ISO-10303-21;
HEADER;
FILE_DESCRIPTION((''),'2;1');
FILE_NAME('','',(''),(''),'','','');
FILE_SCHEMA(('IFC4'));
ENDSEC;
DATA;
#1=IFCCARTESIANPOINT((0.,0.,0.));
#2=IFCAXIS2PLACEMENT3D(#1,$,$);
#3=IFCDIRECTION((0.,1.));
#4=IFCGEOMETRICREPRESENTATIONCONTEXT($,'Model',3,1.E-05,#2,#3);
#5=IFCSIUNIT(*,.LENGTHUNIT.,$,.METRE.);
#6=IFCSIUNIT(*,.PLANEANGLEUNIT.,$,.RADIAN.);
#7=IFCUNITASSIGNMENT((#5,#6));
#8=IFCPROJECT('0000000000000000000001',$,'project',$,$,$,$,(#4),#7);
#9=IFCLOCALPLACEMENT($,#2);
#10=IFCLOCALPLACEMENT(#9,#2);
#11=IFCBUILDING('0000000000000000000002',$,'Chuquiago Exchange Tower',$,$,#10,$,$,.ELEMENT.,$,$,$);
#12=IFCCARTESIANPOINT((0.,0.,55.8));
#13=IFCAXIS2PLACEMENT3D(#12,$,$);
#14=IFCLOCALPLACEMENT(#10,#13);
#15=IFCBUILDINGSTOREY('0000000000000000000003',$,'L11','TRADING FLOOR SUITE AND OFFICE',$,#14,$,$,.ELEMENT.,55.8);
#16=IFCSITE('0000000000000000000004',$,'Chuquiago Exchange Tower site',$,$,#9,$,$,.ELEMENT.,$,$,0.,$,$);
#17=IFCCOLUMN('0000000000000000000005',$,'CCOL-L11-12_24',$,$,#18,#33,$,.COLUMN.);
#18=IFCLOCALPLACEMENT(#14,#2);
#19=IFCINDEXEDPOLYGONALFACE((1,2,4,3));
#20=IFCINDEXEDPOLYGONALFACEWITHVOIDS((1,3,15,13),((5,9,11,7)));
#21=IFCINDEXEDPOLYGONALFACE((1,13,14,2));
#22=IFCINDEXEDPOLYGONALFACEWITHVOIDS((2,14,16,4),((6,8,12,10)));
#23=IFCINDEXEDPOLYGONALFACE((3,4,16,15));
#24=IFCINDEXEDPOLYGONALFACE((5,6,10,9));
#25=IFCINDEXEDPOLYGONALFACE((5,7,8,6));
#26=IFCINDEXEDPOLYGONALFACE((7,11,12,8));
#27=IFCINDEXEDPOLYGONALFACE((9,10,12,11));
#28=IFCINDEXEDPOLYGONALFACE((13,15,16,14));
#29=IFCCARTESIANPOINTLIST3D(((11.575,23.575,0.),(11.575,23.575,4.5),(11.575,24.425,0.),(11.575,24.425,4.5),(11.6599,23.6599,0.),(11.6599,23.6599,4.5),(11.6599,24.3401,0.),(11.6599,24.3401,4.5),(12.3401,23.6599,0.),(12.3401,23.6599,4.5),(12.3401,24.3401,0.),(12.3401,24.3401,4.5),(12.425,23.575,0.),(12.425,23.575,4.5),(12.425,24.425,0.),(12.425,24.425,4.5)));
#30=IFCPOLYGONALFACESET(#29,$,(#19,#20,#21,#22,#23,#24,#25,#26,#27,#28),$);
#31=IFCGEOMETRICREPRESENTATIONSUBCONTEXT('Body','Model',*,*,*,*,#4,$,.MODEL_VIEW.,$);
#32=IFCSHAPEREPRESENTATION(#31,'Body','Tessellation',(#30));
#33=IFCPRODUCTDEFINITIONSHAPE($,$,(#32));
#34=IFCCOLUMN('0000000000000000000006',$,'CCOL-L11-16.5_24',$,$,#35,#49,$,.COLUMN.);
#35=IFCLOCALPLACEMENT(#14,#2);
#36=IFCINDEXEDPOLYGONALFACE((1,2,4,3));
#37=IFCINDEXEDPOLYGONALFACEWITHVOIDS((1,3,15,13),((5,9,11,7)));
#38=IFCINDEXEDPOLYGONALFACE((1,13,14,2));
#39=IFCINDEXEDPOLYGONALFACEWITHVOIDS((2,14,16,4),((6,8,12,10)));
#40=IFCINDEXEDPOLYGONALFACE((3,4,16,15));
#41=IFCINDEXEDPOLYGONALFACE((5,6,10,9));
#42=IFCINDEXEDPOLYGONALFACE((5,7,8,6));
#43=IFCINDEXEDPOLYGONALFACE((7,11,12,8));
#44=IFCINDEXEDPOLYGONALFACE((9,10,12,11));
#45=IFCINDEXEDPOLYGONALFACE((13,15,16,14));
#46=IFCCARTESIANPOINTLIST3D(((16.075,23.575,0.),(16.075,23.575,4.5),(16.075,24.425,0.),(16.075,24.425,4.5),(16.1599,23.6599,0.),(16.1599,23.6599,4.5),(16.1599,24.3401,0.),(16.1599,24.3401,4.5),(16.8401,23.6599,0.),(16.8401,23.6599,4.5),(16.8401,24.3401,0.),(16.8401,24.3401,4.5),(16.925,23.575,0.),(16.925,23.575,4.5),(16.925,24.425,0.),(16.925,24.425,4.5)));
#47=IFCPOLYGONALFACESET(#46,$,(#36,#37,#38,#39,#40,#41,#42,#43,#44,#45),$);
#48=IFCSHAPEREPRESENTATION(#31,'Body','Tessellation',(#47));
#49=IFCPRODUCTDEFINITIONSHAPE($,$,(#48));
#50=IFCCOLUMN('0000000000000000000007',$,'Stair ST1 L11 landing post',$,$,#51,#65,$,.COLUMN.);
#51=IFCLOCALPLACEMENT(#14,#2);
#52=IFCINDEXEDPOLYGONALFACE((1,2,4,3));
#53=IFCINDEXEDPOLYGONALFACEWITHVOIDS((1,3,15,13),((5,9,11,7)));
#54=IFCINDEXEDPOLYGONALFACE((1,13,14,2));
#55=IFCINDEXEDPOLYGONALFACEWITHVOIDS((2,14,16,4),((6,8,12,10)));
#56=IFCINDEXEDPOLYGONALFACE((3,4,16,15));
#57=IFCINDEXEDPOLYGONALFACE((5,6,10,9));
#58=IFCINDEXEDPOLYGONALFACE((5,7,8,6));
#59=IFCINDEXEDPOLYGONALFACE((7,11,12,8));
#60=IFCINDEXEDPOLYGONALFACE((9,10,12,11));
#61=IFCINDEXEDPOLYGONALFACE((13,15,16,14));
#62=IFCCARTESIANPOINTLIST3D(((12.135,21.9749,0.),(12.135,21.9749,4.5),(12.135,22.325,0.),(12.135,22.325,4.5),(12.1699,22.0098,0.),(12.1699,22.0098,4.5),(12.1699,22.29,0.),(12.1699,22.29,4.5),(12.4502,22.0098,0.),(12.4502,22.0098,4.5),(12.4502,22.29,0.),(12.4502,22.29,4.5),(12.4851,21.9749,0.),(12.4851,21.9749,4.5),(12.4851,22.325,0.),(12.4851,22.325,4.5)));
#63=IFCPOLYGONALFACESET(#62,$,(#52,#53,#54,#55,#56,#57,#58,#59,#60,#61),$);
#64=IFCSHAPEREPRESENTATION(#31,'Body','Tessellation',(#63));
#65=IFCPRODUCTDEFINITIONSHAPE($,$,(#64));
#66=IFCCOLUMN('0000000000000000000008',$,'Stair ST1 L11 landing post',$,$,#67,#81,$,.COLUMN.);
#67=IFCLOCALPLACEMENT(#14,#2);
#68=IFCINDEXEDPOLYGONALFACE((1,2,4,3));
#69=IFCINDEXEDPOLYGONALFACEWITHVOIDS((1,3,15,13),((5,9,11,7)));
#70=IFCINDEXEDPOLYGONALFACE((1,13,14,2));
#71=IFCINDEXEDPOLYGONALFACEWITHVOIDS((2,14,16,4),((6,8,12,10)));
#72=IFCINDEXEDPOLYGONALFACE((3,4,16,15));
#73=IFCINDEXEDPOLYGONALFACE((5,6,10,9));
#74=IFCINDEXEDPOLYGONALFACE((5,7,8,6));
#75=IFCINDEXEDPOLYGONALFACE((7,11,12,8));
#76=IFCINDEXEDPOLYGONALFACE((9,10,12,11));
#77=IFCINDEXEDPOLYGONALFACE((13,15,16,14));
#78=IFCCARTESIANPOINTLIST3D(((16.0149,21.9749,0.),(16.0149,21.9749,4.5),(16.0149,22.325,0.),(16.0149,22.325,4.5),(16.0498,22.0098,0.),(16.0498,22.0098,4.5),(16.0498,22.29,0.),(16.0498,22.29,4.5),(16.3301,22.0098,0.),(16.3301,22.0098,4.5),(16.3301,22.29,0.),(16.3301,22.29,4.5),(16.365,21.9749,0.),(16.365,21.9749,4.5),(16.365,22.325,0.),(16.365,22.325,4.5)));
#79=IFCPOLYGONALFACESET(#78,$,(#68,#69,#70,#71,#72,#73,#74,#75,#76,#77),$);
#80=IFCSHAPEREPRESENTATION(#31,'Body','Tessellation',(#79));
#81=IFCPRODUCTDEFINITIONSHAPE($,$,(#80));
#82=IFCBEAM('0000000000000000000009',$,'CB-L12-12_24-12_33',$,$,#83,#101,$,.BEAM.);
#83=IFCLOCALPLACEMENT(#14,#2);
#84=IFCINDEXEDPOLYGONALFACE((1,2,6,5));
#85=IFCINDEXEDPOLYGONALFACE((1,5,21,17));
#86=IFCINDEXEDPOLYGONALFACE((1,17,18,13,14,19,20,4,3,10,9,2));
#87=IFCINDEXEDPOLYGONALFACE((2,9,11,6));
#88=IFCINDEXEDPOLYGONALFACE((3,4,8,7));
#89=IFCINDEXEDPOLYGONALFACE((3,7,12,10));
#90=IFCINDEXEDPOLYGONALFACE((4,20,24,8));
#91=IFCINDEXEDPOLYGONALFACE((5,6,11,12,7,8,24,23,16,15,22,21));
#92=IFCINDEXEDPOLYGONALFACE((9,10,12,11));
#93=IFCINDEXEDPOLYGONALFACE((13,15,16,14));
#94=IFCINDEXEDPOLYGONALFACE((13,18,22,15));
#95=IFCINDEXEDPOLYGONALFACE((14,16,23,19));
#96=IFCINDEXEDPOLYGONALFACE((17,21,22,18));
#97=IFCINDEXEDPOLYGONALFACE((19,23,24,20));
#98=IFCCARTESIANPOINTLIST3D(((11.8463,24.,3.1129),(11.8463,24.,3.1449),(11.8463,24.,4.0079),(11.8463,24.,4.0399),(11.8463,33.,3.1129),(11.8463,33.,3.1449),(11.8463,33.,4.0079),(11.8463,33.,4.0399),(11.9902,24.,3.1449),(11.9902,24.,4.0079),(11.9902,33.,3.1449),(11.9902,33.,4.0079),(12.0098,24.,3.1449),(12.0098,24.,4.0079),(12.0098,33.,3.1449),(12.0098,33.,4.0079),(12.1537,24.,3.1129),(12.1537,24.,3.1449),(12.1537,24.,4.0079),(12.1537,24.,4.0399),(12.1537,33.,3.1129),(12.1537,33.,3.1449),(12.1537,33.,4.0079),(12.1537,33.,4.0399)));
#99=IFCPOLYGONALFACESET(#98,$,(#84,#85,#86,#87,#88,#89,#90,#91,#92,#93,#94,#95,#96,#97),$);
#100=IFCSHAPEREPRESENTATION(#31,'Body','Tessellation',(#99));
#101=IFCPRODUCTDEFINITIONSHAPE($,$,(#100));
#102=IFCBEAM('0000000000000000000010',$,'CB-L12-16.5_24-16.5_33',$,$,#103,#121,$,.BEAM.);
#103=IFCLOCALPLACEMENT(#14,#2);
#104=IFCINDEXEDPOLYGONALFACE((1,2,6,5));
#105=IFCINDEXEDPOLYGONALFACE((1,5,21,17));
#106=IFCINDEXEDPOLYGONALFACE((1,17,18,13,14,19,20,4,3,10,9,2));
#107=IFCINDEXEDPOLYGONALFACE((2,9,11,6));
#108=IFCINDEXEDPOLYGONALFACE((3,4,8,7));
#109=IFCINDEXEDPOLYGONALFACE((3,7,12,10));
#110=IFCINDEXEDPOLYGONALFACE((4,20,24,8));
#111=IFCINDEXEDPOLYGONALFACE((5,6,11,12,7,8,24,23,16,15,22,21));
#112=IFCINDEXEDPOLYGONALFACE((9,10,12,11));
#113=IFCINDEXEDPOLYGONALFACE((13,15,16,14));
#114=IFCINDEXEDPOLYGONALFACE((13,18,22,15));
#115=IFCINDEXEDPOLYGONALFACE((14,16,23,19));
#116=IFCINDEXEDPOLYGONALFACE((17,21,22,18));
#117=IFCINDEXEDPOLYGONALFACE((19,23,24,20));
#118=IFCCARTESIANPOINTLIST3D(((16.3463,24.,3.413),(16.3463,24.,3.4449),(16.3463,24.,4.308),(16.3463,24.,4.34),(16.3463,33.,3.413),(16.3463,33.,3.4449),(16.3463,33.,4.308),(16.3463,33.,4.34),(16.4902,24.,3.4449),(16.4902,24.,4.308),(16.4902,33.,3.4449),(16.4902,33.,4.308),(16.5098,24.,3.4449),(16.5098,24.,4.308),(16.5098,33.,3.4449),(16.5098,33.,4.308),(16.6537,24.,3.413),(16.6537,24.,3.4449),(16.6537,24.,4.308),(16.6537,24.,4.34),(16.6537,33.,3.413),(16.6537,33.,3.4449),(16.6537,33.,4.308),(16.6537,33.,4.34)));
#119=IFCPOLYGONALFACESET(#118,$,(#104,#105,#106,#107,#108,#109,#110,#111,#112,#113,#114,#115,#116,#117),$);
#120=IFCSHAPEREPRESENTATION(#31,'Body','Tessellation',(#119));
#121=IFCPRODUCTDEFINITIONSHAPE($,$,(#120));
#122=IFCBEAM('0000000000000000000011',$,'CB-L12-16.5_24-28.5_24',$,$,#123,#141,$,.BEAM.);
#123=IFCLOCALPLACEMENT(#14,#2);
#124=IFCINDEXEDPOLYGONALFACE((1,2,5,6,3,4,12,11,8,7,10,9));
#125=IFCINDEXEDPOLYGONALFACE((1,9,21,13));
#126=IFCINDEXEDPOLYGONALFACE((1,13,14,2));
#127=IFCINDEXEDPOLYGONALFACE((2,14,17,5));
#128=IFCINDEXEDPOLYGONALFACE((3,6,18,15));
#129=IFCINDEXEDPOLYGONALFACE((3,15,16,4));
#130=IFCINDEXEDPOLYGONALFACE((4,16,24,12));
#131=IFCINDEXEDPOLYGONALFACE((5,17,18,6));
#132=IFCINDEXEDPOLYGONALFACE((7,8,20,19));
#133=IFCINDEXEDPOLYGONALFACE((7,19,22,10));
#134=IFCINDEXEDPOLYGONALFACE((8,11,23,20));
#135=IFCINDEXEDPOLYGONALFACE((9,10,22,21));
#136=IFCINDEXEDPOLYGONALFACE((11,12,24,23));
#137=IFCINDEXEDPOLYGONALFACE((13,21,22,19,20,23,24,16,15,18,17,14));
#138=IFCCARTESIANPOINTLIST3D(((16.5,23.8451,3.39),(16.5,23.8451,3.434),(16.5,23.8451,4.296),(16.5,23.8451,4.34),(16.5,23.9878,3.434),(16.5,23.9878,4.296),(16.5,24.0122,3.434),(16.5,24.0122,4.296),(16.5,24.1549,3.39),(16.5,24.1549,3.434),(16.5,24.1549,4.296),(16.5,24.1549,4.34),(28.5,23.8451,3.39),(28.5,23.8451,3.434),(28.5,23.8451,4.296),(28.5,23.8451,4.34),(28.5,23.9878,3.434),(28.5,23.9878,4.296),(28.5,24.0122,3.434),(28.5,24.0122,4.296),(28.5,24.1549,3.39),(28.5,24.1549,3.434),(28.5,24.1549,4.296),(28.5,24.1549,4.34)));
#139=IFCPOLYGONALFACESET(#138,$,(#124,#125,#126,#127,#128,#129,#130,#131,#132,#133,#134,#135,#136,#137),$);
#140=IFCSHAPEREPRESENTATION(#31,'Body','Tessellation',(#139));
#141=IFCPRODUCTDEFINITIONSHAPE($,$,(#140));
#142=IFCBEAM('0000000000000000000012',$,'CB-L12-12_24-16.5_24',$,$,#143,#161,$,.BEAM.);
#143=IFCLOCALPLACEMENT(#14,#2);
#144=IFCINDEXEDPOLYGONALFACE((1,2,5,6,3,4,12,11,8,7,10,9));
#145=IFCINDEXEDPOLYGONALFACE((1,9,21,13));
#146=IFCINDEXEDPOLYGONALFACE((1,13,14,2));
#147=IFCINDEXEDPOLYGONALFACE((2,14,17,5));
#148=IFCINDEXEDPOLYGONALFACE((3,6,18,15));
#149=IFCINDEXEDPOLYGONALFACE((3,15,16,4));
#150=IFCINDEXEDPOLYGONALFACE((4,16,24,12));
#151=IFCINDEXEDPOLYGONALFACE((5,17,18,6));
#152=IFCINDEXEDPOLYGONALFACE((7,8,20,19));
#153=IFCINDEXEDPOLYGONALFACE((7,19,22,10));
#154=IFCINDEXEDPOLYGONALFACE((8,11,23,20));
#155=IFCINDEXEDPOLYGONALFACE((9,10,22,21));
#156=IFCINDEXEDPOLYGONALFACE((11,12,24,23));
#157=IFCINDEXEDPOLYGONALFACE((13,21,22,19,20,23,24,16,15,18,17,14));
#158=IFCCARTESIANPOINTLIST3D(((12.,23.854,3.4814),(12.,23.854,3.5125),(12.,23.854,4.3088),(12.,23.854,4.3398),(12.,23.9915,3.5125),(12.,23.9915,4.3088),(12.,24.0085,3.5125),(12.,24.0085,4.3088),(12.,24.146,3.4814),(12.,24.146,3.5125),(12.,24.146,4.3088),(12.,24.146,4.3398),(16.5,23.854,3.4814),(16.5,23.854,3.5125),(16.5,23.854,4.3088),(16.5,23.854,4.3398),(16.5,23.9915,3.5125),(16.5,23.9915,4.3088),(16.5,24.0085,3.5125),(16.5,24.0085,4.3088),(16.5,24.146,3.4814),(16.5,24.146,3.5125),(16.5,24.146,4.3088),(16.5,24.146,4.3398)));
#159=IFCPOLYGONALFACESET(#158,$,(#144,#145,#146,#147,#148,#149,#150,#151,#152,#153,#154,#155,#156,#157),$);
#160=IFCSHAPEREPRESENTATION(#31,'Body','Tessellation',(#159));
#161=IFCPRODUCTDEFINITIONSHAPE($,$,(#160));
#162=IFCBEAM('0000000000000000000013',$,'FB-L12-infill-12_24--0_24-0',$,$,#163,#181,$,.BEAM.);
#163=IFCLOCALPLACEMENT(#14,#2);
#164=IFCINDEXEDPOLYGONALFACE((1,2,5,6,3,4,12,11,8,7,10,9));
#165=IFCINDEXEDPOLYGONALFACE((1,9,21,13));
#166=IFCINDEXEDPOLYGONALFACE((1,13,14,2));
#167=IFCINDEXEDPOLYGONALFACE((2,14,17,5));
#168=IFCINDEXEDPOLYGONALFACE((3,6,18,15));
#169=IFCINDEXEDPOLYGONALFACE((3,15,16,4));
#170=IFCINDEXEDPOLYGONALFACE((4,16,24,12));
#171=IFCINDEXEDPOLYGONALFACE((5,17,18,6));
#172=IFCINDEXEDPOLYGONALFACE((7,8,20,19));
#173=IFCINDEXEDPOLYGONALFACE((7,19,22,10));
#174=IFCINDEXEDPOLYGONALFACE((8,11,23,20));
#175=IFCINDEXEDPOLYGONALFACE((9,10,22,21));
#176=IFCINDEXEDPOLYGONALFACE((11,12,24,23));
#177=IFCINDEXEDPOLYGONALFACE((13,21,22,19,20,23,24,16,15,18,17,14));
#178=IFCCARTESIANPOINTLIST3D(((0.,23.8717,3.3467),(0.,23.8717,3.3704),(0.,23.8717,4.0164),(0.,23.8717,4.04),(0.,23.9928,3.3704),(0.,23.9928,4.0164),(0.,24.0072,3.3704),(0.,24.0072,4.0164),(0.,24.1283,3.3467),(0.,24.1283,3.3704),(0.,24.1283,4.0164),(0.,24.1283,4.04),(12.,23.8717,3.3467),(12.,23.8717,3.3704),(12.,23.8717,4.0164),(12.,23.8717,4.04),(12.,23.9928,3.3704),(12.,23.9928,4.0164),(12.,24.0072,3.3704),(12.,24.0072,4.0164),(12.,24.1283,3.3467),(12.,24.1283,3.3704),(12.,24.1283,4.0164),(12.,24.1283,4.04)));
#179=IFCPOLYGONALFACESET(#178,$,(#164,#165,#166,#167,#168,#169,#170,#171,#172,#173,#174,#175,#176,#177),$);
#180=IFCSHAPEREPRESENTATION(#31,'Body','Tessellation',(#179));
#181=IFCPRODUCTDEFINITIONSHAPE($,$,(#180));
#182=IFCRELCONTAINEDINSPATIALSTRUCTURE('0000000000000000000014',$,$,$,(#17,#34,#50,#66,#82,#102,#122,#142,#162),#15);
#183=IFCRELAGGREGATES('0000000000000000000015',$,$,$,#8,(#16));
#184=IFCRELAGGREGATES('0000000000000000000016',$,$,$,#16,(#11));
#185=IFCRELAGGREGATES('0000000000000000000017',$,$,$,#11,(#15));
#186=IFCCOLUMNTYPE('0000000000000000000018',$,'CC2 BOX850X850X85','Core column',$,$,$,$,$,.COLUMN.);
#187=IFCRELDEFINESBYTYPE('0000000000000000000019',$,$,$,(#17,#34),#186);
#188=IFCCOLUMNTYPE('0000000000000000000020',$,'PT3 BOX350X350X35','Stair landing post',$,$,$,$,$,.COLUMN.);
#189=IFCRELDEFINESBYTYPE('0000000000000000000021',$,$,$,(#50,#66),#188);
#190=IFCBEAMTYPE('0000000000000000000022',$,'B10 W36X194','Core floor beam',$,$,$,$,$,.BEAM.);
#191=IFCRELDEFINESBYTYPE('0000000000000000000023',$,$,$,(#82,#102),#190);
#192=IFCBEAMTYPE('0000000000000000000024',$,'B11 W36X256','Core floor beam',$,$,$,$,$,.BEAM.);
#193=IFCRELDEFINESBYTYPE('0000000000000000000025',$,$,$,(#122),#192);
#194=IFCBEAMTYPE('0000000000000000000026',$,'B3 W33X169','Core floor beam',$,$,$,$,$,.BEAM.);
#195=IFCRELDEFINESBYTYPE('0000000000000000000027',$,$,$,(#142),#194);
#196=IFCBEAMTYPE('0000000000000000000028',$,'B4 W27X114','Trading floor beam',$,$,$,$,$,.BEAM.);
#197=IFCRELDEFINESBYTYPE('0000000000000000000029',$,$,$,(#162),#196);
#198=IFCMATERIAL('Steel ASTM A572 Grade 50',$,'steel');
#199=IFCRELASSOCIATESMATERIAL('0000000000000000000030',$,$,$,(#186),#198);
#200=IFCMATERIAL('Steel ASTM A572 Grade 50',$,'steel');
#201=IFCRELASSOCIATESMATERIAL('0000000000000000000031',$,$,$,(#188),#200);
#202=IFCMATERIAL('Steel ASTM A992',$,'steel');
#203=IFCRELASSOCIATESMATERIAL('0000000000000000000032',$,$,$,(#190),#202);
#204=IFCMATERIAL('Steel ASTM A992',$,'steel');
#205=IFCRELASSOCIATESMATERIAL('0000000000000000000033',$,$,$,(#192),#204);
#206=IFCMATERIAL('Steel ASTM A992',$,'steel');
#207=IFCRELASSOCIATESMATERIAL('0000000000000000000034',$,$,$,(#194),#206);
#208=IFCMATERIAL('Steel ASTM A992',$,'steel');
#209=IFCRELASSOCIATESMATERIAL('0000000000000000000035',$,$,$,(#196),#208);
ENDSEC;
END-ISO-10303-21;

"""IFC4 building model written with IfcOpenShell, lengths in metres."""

from ifc_helpers import new_model, si_unit, direction, frame, origin, origin_2d, place, context, subcontext, project, spatial, hollow_rectangle, i_section, extrude, material, material_profile, profile_set, type_object, element, save


model = new_model("IFC4")

# Units and contexts
model_context = context("Model", 3, precision=1e-05, world=origin(), true_north=direction((0.0, 1.0)))
body_context = subcontext(model_context, "Body", "Model", "MODEL_VIEW")
ifc_project = project(units=[si_unit("LENGTHUNIT", "METRE"), si_unit("PLANEANGLEUNIT", "RADIAN")], contexts=[model_context])

# Site, building, storey
site_placement = place(None, origin())
site = spatial("IfcSite", under=ifc_project, at=site_placement, Name="Chuquiago Exchange Tower site", CompositionType="ELEMENT", RefElevation=0.0)
building_placement = place(site_placement, origin())
building = spatial("IfcBuilding", under=site, at=building_placement, Name="Chuquiago Exchange Tower", CompositionType="ELEMENT")
storey_placement = place(building_placement, frame((0.0, 0.0, 55.8)))
storey = spatial("IfcBuildingStorey", under=building, at=storey_placement, Name="L11", Description="TRADING FLOOR SUITE AND OFFICE", CompositionType="ELEMENT", Elevation=55.8)

# Columns
ifc_material_1 = material(Name="Steel ASTM A572 Grade 50", Category="steel")
ifc_material_profile_1 = material_profile(ifc_material_1, hollow_rectangle(XDim=0.8501, YDim=0.8501, WallThickness=0.085, at=origin_2d()), Name="BOX850X850X85")
ifc_profile_set_1 = profile_set([ifc_material_profile_1], Name="Steel ASTM A572 Grade 50")
column_type_1 = type_object("IfcColumnType", Name="CC2 BOX850X850X85", Description="Core column", PredefinedType="COLUMN", material=ifc_profile_set_1)
for number, where, z_axis, x_axis, name in (
    (1, (12.0, 24.0, 0.0), (0.0, 0.0, 1.0), (1.0, 0.0, 0.0), "CCOL-L11-12_24"),
    (2, (16.5, 24.0, 0.0), (0.0, 0.0, 1.0), (1.0, 0.0, 0.0), "CCOL-L11-16.5_24"),
):
    element("IfcColumn", number, at=place(storey_placement, frame(where, z_axis=z_axis, x_axis=x_axis)), inside=storey, type_object=column_type_1, Name=name, PredefinedType="COLUMN", context=body_context, shape_type="SweptSolid", body=[
        extrude(hollow_rectangle(XDim=0.8501, YDim=0.8501, WallThickness=0.085, at=origin_2d()), origin(), (0.0, 0.0, 1.0), 4.5),
    ])
ifc_material_2 = material(Name="Steel ASTM A572 Grade 50", Category="steel")
ifc_material_profile_2 = material_profile(ifc_material_2, hollow_rectangle(XDim=0.3501, YDim=0.3501, WallThickness=0.0349, at=origin_2d()), Name="BOX350X350X35")
ifc_profile_set_2 = profile_set([ifc_material_profile_2], Name="Steel ASTM A572 Grade 50")
column_type_2 = type_object("IfcColumnType", Name="PT3 BOX350X350X35", Description="Stair landing post", PredefinedType="COLUMN", material=ifc_profile_set_2)
for number, where, z_axis, x_axis, name in (
    (3, (12.3101, 22.1499, 0.0), (0.0, 0.0, 1.0), (1.0, 0.0, 0.0), "Stair ST1 L11 landing post"),
    (4, (16.1899, 22.1499, 0.0), (0.0, 0.0, 1.0), (1.0, 0.0, 0.0), "Stair ST1 L11 landing post"),
):
    element("IfcColumn", number, at=place(storey_placement, frame(where, z_axis=z_axis, x_axis=x_axis)), inside=storey, type_object=column_type_2, Name=name, PredefinedType="COLUMN", context=body_context, shape_type="SweptSolid", body=[
        extrude(hollow_rectangle(XDim=0.3501, YDim=0.3501, WallThickness=0.0349, at=origin_2d()), origin(), (0.0, 0.0, 1.0), 4.5),
    ])

# Beams
ifc_material_3 = material(Name="Steel ASTM A992", Category="steel")
ifc_material_profile_3 = material_profile(ifc_material_3, i_section(OverallWidth=0.3074, OverallDepth=0.927, WebThickness=0.0195, FlangeThickness=0.032, at=origin_2d()), Name="W36X194")
ifc_profile_set_3 = profile_set([ifc_material_profile_3], Name="Steel ASTM A992")
beam_type_1 = type_object("IfcBeamType", Name="B10 W36X194", Description="Core floor beam", PredefinedType="BEAM", material=ifc_profile_set_3)
for number, where, z_axis, x_axis, name in (
    (5, (12.0, 24.0, 3.5764), (0.0, 1.0, 0.0), (-1.0, 0.0, 0.0), "CB-L12-12_24-12_33"),
    (6, (16.5, 24.0, 3.8765), (0.0, 1.0, 0.0), (-1.0, 0.0, 0.0), "CB-L12-16.5_24-16.5_33"),
):
    element("IfcBeam", number, at=place(storey_placement, frame(where, z_axis=z_axis, x_axis=x_axis)), inside=storey, type_object=beam_type_1, Name=name, PredefinedType="BEAM", context=body_context, shape_type="SweptSolid", body=[
        extrude(i_section(OverallWidth=0.3074, OverallDepth=0.927, WebThickness=0.0195, FlangeThickness=0.032, at=origin_2d()), origin(), (0.0, 0.0, 1.0), 9.0),
    ])
ifc_material_4 = material(Name="Steel ASTM A992", Category="steel")
ifc_material_profile_4 = material_profile(ifc_material_4, i_section(OverallWidth=0.3098, OverallDepth=0.95, WebThickness=0.0244, FlangeThickness=0.0439, at=origin_2d()), Name="W36X256")
ifc_profile_set_4 = profile_set([ifc_material_profile_4], Name="Steel ASTM A992")
beam_type_2 = type_object("IfcBeamType", Name="B11 W36X256", Description="Core floor beam", PredefinedType="BEAM", material=ifc_profile_set_4)
beam_1_placement = place(storey_placement, frame((16.5, 24.0, 3.865), z_axis=(1.0, 0.0, 0.0), x_axis=(0.0, 1.0, 0.0)))
element("IfcBeam", 7, at=beam_1_placement, inside=storey, type_object=beam_type_2, Name="CB-L12-16.5_24-28.5_24", PredefinedType="BEAM", context=body_context, shape_type="SweptSolid", body=[
    extrude(i_section(OverallWidth=0.3098, OverallDepth=0.95, WebThickness=0.0244, FlangeThickness=0.0439, at=origin_2d()), origin(), (0.0, 0.0, 1.0), 12.0),
])
ifc_material_5 = material(Name="Steel ASTM A992", Category="steel")
ifc_material_profile_5 = material_profile(ifc_material_5, i_section(OverallWidth=0.292, OverallDepth=0.8584, WebThickness=0.0171, FlangeThickness=0.031, at=origin_2d()), Name="W33X169")
ifc_profile_set_5 = profile_set([ifc_material_profile_5], Name="Steel ASTM A992")
beam_type_3 = type_object("IfcBeamType", Name="B3 W33X169", Description="Core floor beam", PredefinedType="BEAM", material=ifc_profile_set_5)
beam_2_placement = place(storey_placement, frame((12.0, 24.0, 3.9106), z_axis=(1.0, 0.0, 0.0), x_axis=(0.0, 1.0, 0.0)))
element("IfcBeam", 8, at=beam_2_placement, inside=storey, type_object=beam_type_3, Name="CB-L12-12_24-16.5_24", PredefinedType="BEAM", context=body_context, shape_type="SweptSolid", body=[
    extrude(i_section(OverallWidth=0.292, OverallDepth=0.8584, WebThickness=0.0171, FlangeThickness=0.031, at=origin_2d()), origin(), (0.0, 0.0, 1.0), 4.5),
])
ifc_material_6 = material(Name="Steel ASTM A992", Category="steel")
ifc_material_profile_6 = material_profile(ifc_material_6, i_section(OverallWidth=0.2566, OverallDepth=0.6934, WebThickness=0.0144, FlangeThickness=0.0237, at=origin_2d()), Name="W27X114")
ifc_profile_set_6 = profile_set([ifc_material_profile_6], Name="Steel ASTM A992")
beam_type_4 = type_object("IfcBeamType", Name="B4 W27X114", Description="Trading floor beam", PredefinedType="BEAM", material=ifc_profile_set_6)
for number, where, z_axis, x_axis, name in (
    (9, (12.0, 24.0, 3.6934), (-1.0, 0.0, 0.0), (0.0, -1.0, 0.0), "FB-L12-infill-12_24--0_24-0"),
):
    element("IfcBeam", number, at=place(storey_placement, frame(where, z_axis=z_axis, x_axis=x_axis)), inside=storey, type_object=beam_type_4, Name=name, PredefinedType="BEAM", context=body_context, shape_type="SweptSolid", body=[
        extrude(i_section(OverallWidth=0.2566, OverallDepth=0.6934, WebThickness=0.0144, FlangeThickness=0.0237, at=origin_2d()), origin(), (0.0, 0.0, 1.0), 12.0),
    ])

save(model, "model.ifc")
